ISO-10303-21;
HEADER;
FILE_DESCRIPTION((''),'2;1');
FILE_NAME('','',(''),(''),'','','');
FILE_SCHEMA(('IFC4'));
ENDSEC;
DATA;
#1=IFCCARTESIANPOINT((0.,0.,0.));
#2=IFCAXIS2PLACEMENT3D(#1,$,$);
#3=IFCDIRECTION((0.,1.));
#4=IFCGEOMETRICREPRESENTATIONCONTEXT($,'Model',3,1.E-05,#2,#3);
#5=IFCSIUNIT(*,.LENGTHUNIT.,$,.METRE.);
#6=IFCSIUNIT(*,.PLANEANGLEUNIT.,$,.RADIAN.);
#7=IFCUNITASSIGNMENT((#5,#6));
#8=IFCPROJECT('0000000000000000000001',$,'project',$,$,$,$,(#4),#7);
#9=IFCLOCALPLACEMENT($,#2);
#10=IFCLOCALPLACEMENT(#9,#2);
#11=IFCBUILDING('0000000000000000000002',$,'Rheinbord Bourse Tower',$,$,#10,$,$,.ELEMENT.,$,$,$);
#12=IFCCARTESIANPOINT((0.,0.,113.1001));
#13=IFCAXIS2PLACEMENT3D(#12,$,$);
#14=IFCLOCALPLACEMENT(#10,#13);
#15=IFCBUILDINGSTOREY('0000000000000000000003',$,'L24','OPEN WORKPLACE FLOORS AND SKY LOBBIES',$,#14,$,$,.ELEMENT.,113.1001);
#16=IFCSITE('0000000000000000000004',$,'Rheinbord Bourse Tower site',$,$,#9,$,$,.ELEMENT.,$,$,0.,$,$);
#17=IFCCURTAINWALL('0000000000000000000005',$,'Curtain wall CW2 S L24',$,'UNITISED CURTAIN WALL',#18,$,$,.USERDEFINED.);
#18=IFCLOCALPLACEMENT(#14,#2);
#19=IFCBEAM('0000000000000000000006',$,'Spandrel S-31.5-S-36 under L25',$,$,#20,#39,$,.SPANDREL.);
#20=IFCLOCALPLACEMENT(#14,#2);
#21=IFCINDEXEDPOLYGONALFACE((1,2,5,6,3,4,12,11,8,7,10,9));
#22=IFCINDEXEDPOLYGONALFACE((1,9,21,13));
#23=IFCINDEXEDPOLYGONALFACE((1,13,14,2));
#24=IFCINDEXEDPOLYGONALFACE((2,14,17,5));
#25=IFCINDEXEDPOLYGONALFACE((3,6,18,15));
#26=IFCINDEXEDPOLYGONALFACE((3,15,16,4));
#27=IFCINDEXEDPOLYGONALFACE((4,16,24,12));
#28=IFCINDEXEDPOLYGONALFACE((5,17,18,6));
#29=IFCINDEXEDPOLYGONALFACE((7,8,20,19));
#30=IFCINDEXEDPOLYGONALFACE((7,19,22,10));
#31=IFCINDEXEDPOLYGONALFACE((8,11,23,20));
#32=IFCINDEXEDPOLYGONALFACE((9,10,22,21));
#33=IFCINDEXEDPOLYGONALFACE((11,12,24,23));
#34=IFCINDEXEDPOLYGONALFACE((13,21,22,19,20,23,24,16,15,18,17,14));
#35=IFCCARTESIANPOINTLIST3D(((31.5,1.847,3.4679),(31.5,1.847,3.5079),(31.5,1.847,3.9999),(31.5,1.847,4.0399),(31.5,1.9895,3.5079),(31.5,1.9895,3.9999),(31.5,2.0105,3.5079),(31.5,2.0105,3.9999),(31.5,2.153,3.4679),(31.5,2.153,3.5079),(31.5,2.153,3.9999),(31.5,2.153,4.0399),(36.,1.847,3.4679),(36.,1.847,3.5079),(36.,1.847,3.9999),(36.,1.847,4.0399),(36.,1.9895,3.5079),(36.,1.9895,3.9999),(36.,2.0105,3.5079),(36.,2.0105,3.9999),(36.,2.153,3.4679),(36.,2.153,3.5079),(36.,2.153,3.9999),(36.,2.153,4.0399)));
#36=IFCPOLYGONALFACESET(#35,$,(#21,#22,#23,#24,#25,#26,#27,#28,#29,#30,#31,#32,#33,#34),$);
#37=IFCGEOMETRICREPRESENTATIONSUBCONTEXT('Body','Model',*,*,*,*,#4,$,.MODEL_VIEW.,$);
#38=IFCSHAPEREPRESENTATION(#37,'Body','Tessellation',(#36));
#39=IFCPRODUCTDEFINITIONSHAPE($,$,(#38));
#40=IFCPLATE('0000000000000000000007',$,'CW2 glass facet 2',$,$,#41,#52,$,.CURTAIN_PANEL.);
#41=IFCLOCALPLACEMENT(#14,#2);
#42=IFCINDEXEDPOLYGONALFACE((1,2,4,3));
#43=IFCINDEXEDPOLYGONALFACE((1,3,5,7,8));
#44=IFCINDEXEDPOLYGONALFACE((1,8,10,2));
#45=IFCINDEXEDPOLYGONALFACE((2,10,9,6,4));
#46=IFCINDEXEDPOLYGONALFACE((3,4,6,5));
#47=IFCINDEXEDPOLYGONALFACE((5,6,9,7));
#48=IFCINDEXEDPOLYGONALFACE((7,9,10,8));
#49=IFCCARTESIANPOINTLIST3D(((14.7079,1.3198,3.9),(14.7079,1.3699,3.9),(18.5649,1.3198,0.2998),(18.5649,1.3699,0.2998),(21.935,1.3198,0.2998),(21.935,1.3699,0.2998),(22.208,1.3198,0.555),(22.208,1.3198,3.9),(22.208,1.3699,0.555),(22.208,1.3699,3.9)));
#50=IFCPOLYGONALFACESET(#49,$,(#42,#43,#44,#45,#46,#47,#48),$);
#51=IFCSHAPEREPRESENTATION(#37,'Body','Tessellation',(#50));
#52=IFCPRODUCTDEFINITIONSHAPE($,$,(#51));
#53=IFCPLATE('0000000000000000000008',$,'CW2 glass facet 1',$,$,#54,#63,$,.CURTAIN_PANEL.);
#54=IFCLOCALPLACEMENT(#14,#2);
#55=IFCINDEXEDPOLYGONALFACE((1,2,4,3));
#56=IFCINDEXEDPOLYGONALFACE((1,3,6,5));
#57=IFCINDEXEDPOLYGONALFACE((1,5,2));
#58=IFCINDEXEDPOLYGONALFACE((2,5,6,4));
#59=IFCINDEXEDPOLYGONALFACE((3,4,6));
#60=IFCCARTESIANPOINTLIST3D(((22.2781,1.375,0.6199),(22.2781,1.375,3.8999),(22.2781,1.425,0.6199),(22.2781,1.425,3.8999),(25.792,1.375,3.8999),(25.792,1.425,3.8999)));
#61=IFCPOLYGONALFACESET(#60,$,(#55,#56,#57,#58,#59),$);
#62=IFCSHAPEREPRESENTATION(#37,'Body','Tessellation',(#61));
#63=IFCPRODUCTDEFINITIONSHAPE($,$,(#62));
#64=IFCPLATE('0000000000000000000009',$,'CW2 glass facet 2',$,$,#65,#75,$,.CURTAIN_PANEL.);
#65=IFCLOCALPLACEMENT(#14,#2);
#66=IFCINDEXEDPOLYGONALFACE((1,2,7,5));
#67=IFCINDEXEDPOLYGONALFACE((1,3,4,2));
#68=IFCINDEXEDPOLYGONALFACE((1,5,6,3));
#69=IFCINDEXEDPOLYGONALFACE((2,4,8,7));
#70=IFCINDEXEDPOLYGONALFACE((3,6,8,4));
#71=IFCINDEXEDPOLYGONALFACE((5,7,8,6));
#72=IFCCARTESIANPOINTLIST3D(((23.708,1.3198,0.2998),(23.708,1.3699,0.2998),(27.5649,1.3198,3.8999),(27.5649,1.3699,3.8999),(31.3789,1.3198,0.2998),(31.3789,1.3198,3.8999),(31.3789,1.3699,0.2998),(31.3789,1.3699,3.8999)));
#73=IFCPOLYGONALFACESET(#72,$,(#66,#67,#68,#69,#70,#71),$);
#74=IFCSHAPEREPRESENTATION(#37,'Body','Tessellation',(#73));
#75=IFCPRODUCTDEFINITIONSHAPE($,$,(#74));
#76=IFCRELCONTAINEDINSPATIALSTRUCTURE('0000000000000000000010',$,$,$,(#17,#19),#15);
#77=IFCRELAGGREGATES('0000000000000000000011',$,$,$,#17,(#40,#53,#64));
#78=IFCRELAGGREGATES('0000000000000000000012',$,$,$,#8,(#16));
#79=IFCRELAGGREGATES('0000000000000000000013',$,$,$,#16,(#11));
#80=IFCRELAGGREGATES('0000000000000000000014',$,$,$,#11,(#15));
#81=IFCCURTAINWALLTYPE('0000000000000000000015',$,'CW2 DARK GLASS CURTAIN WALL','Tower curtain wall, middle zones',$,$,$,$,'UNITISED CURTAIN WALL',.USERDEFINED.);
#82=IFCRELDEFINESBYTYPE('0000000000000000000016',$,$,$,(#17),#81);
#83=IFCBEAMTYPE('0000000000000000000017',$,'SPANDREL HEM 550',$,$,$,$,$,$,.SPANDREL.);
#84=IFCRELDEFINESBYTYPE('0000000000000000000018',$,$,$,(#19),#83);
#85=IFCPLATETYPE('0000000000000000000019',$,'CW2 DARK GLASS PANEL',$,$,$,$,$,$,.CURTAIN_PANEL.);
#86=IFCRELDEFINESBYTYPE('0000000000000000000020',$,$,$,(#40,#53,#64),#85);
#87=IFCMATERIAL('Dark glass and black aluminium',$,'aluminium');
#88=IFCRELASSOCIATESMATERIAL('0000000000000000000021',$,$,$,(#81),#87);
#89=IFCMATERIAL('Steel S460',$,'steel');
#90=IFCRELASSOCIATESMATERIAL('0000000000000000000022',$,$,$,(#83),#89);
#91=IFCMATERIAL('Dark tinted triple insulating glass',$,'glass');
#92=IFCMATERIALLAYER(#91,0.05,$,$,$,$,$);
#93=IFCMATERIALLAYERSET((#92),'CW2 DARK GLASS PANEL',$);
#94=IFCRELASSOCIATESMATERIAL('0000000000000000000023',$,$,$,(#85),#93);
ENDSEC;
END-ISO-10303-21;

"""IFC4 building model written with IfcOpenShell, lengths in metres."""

from ifc_helpers import new_model, si_unit, direction, frame, origin, origin_2d, place, context, subcontext, project, spatial, polyline, i_section, outline, extrude, material, layer, layer_set, material_profile, profile_set, type_object, element, aggregate, save


model = new_model("IFC4")

# Units and contexts
model_context = context("Model", 3, precision=1e-05, world=origin(), true_north=direction((0.0, 1.0)))
body_context = subcontext(model_context, "Body", "Model", "MODEL_VIEW")
ifc_project = project(units=[si_unit("LENGTHUNIT", "METRE"), si_unit("PLANEANGLEUNIT", "RADIAN")], contexts=[model_context])

# Site, building, storey
site_placement = place(None, origin())
site = spatial("IfcSite", under=ifc_project, at=site_placement, Name="Rheinbord Bourse Tower site", CompositionType="ELEMENT", RefElevation=0.0)
building_placement = place(site_placement, origin())
building = spatial("IfcBuilding", under=site, at=building_placement, Name="Rheinbord Bourse Tower", CompositionType="ELEMENT")
storey_placement = place(building_placement, frame((0.0, 0.0, 113.1001)))
storey = spatial("IfcBuildingStorey", under=building, at=storey_placement, Name="L24", Description="OPEN WORKPLACE FLOORS AND SKY LOBBIES", CompositionType="ELEMENT", Elevation=113.1001)

# Curtain wall
ifc_material_1 = material(Name="Dark glass and black aluminium", Category="aluminium")
curtain_wall_type = type_object("IfcCurtainWallType", Name="CW2 DARK GLASS CURTAIN WALL", Description="Tower curtain wall, middle zones", ElementType="UNITISED CURTAIN WALL", PredefinedType="USERDEFINED", material=ifc_material_1)
curtain_wall_placement = place(storey_placement, origin())
curtain_wall = element("IfcCurtainWall", 1, at=curtain_wall_placement, inside=storey, type_object=curtain_wall_type, Name="Curtain wall CW2 S L24", ObjectType="UNITISED CURTAIN WALL", PredefinedType="USERDEFINED")

# Beam
ifc_material_2 = material(Name="Steel S460", Category="steel")
ifc_material_profile_1 = material_profile(ifc_material_2, i_section(OverallWidth=0.3059, OverallDepth=0.572, WebThickness=0.021, FlangeThickness=0.04, at=origin_2d()), Name="HEM 550")
ifc_profile_set_1 = profile_set([ifc_material_profile_1], Name="Steel S460")
beam_type_1 = type_object("IfcBeamType", Name="SPANDREL HEM 550", PredefinedType="SPANDREL", material=ifc_profile_set_1)
for number, where, z_axis, x_axis, name in (
    (2, (31.5, 2.0, 3.7539), (1.0, 0.0, 0.0), (0.0, 1.0, 0.0), "Spandrel S-31.5-S-36 under L25"),
):
    element("IfcBeam", number, at=place(storey_placement, frame(where, z_axis=z_axis, x_axis=x_axis)), inside=storey, type_object=beam_type_1, Name=name, PredefinedType="SPANDREL", context=body_context, shape_type="SweptSolid", body=[
        extrude(i_section(OverallWidth=0.3059, OverallDepth=0.572, WebThickness=0.021, FlangeThickness=0.04, at=origin_2d()), origin(), (0.0, 0.0, 1.0), 4.5),
    ])

# Plates
ifc_material_3 = material(Name="Dark tinted triple insulating glass", Category="glass")
ifc_layer = layer(ifc_material_3, 0.05)
ifc_layer_set = layer_set([ifc_layer], Name="CW2 DARK GLASS PANEL")
plate_type = type_object("IfcPlateType", Name="CW2 DARK GLASS PANEL", PredefinedType="CURTAIN_PANEL", material=ifc_layer_set)
plate_1_placement = place(storey_placement, frame((18.5649, 1.3198, 0.2998), z_axis=(0.0, 1.0, 0.0), x_axis=(-0.731028, 0.0, 0.682348)))
plate_1 = element("IfcPlate", 3, at=plate_1_placement, type_object=plate_type, Name="CW2 glass facet 2", PredefinedType="CURTAIN_PANEL", context=body_context, shape_type="SweptSolid", body=[
    extrude(outline(polyline([(0.0, 0.0), (5.2761, 0.0), (-0.2065, 5.1177), (-2.489, 2.6724), (-2.4636, 2.2996), (0.0, 0.0)])), origin(), (0.0, 0.0, 1.0), 0.05),
])
plate_2_placement = place(storey_placement, frame((22.2781, 1.375, 3.8999), z_axis=(0.0, 1.0, 0.0), x_axis=(1.0, 0.0, 0.0)))
plate_2 = element("IfcPlate", 4, at=plate_2_placement, type_object=plate_type, Name="CW2 glass facet 1", PredefinedType="CURTAIN_PANEL", context=body_context, shape_type="SweptSolid", body=[
    extrude(outline(polyline([(0.0, 0.0), (3.5139, 0.0), (0.0, 3.28), (0.0, 0.0)])), origin(), (0.0, 0.0, 1.0), 0.05),
])
plate_3_placement = place(storey_placement, frame((31.3789, 1.3198, 3.8999), z_axis=(0.0, 1.0, 0.0), x_axis=(0.0, 0.0, -1.0)))
plate_3 = element("IfcPlate", 5, at=plate_3_placement, type_object=plate_type, Name="CW2 glass facet 2", PredefinedType="CURTAIN_PANEL", context=body_context, shape_type="SweptSolid", body=[
    extrude(outline(polyline([(0.0, 0.0), (3.6001, 0.0), (3.6001, 7.6709), (0.0, 3.814), (0.0, 0.0)])), origin(), (0.0, 0.0, 1.0), 0.05),
])
aggregate(curtain_wall, [plate_1, plate_2, plate_3])

save(model, "model.ifc")
